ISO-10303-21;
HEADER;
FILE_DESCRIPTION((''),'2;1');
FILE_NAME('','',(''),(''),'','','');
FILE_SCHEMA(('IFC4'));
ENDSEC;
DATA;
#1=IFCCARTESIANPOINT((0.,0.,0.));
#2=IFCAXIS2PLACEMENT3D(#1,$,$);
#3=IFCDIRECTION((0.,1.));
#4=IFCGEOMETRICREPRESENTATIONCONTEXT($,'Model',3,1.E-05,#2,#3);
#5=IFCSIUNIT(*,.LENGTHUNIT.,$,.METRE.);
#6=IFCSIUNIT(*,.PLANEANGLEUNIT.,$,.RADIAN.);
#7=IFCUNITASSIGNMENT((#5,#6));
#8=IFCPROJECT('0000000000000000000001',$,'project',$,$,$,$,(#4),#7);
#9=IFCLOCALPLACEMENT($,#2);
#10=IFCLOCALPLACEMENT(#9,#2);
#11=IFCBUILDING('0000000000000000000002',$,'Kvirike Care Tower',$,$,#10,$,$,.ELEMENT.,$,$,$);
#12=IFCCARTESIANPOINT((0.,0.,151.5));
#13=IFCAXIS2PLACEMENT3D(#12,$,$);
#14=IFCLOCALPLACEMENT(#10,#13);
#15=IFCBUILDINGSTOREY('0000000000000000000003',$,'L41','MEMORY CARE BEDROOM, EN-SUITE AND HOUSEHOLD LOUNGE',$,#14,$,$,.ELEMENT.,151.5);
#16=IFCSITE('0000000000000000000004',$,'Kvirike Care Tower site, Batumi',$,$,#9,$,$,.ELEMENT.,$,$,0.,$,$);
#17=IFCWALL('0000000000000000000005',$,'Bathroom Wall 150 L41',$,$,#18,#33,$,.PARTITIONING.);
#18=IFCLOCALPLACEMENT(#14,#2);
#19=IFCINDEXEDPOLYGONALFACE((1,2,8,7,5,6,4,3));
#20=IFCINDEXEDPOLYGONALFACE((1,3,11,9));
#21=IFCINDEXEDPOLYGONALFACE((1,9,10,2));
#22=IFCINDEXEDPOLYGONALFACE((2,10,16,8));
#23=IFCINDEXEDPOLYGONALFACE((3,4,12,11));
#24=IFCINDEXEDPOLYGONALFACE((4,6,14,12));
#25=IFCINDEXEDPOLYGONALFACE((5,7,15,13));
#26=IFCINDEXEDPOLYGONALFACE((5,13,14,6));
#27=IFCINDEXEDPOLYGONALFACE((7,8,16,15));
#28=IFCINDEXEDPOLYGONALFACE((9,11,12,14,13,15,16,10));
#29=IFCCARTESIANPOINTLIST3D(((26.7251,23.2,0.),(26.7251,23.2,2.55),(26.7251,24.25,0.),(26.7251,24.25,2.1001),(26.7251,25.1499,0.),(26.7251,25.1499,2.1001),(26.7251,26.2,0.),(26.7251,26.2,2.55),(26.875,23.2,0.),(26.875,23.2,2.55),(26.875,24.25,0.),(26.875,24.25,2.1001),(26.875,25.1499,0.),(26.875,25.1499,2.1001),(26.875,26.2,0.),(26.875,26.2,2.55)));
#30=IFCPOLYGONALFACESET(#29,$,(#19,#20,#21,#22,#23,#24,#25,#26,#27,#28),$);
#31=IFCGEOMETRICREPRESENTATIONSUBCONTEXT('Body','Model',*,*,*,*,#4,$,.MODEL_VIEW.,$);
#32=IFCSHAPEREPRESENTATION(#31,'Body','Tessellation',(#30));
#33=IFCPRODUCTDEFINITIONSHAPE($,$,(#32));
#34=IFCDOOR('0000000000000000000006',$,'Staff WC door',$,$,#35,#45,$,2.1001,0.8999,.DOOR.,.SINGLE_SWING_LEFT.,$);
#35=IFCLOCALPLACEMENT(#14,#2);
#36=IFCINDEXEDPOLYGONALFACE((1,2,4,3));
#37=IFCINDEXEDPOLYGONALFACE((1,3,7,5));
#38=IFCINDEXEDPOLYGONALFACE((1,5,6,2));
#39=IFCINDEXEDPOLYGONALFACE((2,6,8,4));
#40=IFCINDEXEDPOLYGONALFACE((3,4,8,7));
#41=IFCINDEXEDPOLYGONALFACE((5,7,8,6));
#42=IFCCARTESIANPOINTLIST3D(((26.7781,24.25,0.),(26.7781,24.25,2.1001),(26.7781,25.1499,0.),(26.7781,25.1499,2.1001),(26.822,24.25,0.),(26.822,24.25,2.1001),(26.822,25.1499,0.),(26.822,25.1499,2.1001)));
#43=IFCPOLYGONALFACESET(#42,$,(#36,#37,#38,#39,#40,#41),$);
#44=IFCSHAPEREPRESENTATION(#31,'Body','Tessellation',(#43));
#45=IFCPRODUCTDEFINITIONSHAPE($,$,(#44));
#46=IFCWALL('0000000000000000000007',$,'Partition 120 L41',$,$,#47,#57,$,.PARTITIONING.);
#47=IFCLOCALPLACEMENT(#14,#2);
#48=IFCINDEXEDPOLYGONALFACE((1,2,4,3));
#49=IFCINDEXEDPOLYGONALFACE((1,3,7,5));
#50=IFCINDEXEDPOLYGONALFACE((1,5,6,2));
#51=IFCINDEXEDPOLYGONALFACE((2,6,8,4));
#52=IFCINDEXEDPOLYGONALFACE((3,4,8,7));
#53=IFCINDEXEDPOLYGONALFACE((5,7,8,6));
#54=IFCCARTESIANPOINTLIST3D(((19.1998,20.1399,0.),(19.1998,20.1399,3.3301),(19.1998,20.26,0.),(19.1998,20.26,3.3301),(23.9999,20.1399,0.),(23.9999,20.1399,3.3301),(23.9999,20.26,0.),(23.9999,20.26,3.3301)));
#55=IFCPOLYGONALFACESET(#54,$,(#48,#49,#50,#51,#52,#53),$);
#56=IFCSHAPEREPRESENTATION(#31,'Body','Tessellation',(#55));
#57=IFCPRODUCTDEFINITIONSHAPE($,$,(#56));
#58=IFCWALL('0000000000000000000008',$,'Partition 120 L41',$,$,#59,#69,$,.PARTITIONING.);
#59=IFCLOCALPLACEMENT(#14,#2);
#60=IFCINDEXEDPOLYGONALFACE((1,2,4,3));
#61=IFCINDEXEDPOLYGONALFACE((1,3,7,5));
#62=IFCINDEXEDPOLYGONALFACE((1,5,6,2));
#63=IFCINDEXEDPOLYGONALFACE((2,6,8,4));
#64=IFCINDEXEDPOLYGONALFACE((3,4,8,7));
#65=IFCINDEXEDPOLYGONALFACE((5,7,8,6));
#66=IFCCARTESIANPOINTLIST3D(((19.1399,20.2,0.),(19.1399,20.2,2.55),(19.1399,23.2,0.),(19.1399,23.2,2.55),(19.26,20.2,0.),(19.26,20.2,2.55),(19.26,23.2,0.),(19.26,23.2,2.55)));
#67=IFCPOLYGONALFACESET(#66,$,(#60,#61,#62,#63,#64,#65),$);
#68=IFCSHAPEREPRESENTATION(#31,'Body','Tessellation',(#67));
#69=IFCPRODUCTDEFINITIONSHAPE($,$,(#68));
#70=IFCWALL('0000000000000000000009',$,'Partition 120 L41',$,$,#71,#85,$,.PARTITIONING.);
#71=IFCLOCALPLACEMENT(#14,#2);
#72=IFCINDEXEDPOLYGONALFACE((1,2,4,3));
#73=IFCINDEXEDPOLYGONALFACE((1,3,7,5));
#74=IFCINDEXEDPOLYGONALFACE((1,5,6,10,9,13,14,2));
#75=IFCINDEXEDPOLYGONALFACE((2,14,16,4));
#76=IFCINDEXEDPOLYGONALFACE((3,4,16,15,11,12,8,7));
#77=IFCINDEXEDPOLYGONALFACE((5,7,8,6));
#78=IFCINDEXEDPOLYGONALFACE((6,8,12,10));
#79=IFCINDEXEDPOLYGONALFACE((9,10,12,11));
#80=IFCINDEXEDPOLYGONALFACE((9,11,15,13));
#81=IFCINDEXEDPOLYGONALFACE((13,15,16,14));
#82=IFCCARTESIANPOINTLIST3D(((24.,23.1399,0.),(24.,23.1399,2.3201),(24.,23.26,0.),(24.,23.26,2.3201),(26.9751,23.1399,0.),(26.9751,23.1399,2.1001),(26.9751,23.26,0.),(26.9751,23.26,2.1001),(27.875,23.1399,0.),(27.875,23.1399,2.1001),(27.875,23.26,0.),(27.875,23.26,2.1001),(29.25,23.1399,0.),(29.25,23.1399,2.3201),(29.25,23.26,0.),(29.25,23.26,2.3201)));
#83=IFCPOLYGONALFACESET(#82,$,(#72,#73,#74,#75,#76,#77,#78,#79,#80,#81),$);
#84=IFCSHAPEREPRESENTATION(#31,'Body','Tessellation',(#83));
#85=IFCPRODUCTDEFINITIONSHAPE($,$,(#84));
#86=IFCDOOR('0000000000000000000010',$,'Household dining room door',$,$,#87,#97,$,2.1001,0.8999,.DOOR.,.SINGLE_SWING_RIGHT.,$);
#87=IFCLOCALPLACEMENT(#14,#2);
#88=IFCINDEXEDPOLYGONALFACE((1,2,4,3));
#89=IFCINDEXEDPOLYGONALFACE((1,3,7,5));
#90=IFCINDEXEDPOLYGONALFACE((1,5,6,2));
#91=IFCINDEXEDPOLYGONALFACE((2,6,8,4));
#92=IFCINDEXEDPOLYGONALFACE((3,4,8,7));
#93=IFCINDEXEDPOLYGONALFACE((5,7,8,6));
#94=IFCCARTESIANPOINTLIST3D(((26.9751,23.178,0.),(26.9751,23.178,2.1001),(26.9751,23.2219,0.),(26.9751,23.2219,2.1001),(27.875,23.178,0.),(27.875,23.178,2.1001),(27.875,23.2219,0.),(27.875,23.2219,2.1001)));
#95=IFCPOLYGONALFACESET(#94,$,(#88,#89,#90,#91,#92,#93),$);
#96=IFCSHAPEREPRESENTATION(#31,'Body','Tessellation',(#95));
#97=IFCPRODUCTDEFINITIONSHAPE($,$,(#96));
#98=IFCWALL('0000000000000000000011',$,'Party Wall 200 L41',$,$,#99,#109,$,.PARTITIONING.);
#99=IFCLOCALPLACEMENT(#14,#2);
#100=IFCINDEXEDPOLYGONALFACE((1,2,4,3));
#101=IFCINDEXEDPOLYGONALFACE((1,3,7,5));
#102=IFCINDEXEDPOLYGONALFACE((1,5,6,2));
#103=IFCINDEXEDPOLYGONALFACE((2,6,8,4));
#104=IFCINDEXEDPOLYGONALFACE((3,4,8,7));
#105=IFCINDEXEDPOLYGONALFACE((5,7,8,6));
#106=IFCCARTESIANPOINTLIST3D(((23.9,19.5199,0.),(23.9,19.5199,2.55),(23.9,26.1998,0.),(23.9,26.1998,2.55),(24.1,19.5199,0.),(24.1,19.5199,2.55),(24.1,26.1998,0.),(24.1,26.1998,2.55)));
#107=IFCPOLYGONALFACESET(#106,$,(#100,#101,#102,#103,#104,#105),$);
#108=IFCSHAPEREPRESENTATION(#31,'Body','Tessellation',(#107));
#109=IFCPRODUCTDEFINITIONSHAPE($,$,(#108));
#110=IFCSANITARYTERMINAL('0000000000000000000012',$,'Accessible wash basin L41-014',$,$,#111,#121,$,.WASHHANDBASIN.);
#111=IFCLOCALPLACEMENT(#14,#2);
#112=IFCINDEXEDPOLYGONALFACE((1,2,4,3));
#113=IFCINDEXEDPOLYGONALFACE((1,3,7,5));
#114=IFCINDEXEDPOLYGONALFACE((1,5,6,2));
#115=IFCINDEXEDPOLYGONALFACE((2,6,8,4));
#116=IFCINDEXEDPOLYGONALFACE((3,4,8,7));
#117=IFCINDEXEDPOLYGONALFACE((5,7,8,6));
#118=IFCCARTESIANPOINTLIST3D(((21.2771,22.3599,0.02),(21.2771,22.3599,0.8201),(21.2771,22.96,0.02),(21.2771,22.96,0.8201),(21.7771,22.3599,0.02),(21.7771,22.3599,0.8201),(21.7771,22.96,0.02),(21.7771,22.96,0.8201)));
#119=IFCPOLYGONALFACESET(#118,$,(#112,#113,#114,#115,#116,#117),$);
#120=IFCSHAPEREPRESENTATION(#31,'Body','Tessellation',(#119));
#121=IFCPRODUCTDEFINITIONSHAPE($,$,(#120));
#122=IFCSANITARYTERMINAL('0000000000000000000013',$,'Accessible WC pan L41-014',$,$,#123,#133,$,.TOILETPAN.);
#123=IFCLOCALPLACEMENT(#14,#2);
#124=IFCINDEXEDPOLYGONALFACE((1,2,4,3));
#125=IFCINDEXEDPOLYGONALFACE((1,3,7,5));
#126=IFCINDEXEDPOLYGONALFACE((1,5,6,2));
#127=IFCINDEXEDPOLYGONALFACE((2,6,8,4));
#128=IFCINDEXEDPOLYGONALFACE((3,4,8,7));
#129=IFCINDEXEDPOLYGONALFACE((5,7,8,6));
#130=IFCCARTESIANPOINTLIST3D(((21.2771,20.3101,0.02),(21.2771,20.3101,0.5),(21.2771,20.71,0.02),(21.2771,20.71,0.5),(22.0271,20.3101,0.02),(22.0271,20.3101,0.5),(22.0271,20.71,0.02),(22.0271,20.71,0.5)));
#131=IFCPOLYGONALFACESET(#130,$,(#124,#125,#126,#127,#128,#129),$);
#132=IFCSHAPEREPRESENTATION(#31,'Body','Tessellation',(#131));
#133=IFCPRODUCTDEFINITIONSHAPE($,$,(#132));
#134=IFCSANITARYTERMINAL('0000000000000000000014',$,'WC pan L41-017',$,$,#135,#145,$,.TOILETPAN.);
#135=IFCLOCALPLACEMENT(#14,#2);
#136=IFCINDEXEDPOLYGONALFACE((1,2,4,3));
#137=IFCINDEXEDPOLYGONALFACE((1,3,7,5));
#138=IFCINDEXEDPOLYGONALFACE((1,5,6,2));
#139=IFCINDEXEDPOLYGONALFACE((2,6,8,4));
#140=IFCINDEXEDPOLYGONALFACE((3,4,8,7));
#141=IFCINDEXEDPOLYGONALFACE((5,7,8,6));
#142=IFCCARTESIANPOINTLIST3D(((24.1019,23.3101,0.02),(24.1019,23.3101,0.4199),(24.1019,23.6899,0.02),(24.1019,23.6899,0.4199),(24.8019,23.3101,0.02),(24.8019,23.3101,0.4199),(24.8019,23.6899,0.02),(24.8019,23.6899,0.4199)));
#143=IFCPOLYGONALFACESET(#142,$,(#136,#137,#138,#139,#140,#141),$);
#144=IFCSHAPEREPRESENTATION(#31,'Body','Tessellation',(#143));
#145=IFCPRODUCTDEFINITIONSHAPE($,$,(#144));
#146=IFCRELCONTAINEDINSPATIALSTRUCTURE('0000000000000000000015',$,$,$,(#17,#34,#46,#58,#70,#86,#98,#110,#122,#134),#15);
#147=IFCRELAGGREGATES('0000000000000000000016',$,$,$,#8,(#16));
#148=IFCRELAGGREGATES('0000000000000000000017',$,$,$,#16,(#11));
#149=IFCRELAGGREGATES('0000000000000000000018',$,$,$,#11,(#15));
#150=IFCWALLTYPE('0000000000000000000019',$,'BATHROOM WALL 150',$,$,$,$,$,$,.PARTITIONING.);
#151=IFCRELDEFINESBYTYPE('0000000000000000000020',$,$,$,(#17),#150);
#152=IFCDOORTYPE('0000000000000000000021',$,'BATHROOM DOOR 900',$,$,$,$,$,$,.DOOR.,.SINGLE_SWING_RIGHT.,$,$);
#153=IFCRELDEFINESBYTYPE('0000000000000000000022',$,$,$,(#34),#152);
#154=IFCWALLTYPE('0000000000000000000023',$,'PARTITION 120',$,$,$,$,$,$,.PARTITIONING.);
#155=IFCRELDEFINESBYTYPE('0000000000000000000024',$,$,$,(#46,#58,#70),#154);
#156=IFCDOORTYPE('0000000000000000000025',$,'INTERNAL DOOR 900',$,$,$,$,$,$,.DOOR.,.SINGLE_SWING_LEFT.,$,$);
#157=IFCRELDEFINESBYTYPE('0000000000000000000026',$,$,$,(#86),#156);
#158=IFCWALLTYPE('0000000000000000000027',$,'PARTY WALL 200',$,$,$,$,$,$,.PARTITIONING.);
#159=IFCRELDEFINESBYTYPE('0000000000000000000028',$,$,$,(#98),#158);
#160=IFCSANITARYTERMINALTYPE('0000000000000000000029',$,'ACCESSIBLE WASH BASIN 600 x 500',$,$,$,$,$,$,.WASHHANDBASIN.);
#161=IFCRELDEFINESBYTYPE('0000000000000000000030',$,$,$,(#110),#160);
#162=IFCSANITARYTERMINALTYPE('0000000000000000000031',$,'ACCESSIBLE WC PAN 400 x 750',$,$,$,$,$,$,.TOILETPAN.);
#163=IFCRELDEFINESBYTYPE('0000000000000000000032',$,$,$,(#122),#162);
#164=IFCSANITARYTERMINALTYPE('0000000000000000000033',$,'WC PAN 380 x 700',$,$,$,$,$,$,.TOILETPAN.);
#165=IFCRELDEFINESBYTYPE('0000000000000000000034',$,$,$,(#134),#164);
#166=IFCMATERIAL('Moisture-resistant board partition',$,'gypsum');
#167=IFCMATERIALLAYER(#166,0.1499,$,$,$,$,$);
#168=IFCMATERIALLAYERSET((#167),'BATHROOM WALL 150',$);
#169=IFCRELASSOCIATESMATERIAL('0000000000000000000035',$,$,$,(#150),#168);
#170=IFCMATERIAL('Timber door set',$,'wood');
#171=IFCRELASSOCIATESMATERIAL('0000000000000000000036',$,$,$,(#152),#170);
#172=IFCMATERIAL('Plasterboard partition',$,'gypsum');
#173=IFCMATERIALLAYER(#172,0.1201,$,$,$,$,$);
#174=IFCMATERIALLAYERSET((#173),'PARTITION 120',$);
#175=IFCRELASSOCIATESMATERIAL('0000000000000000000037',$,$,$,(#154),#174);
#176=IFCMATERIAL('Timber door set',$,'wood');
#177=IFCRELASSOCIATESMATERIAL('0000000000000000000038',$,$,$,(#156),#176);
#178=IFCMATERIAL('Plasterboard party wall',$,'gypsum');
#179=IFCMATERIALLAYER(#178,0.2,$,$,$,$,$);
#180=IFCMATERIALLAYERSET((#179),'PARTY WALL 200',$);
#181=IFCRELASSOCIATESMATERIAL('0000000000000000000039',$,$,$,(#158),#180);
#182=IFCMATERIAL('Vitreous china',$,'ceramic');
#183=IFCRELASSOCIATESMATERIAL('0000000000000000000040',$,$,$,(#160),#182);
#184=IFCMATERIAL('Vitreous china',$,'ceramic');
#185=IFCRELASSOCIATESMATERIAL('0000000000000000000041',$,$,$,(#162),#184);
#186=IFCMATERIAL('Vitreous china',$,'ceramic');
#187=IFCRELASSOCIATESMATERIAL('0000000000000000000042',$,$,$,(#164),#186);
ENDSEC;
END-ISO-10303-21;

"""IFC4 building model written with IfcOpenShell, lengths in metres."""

from ifc_helpers import new_model, si_unit, direction, frame, frame_2d, origin, origin_2d, place, context, subcontext, project, spatial, rectangle, extrude, material, layer, layer_set, type_object, element, fill, save


model = new_model("IFC4")

# Units and contexts
model_context = context("Model", 3, precision=1e-05, world=origin(), true_north=direction((0.0, 1.0)))
body_context = subcontext(model_context, "Body", "Model", "MODEL_VIEW")
ifc_project = project(units=[si_unit("LENGTHUNIT", "METRE"), si_unit("PLANEANGLEUNIT", "RADIAN")], contexts=[model_context])

# Site, building, storey
site_placement = place(None, origin())
site = spatial("IfcSite", under=ifc_project, at=site_placement, Name="Kvirike Care Tower site, Batumi", CompositionType="ELEMENT", RefElevation=0.0)
building_placement = place(site_placement, origin())
building = spatial("IfcBuilding", under=site, at=building_placement, Name="Kvirike Care Tower", CompositionType="ELEMENT")
storey_placement = place(building_placement, frame((0.0, 0.0, 151.5)))
storey = spatial("IfcBuildingStorey", under=building, at=storey_placement, Name="L41", Description="MEMORY CARE BEDROOM, EN-SUITE AND HOUSEHOLD LOUNGE", CompositionType="ELEMENT", Elevation=151.5)

# Shared definitions
ifc_material_1 = material(Name="Moisture-resistant board partition", Category="gypsum")
ifc_layer_1 = layer(ifc_material_1, 0.1499)
ifc_layer_set_1 = layer_set([ifc_layer_1], Name="BATHROOM WALL 150")
wall_type_1 = type_object("IfcWallType", Name="BATHROOM WALL 150", PredefinedType="PARTITIONING", material=ifc_layer_set_1)
ifc_material_2 = material(Name="Timber door set", Category="wood")
door_type_1 = type_object("IfcDoorType", Name="BATHROOM DOOR 900", OperationType="SINGLE_SWING_RIGHT", PredefinedType="DOOR", material=ifc_material_2)

# Wall, opening, door
wall_1_placement = place(storey_placement, frame((26.8, 23.2, 0.0), z_axis=(0.0, 0.0, 1.0), x_axis=(0.0, 1.0, 0.0)))
wall_1 = element("IfcWall", 1, at=wall_1_placement, inside=storey, type_object=wall_type_1, Name="Bathroom Wall 150 L41", PredefinedType="PARTITIONING", context=body_context, shape_type="SweptSolid", body=[
    extrude(rectangle(XDim=3.0, YDim=0.1499, at=frame_2d((1.5, 0.0))), origin(), (0.0, 0.0, 1.0), 2.55),
])
opening_1_placement = place(wall_1_placement, frame((1.05, 0.0, 0.0)))
opening_1 = element("IfcOpeningElement", 2, at=opening_1_placement, cuts=wall_1, PredefinedType="OPENING", context=body_context, shape_type="SweptSolid", body=[
    extrude(rectangle(XDim=0.8999, YDim=2.1001, at=frame_2d((0.45, 1.05))), frame((0.0, 0.0854, 0.0), z_axis=(0.0, -1.0, 0.0), x_axis=(1.0, 0.0, 0.0)), (0.0, 0.0, 1.0), 0.1709),
])
door_1_placement = place(opening_1_placement, frame((0.8999, 0.0, 0.0), z_axis=(0.0, 0.0, 1.0), x_axis=(-1.0, 0.0, 0.0)))
door_1 = element("IfcDoor", 3, at=door_1_placement, inside=storey, type_object=door_type_1, Name="Staff WC door", OperationType="SINGLE_SWING_LEFT", OverallHeight=2.1001, OverallWidth=0.8999, PredefinedType="DOOR", context=body_context, shape_type="SweptSolid", body=[
    extrude(rectangle(XDim=0.8999, YDim=2.1001, at=frame_2d((0.45, 1.05))), frame((0.0, 0.022, 0.0), z_axis=(0.0, -1.0, 0.0), x_axis=(1.0, 0.0, 0.0)), (0.0, 0.0, 1.0), 0.0439),
])
fill(opening_1, door_1)

# Walls
ifc_material_3 = material(Name="Plasterboard partition", Category="gypsum")
ifc_layer_2 = layer(ifc_material_3, 0.1201)
ifc_layer_set_2 = layer_set([ifc_layer_2], Name="PARTITION 120")
wall_type_2 = type_object("IfcWallType", Name="PARTITION 120", PredefinedType="PARTITIONING", material=ifc_layer_set_2)
wall_2_placement = place(storey_placement, frame((19.2, 20.2, 0.0), z_axis=(0.0, 0.0, 1.0), x_axis=(1.0, 0.0, 0.0)))
element("IfcWall", 4, at=wall_2_placement, inside=storey, type_object=wall_type_2, Name="Partition 120 L41", PredefinedType="PARTITIONING", context=body_context, shape_type="SweptSolid", body=[
    extrude(rectangle(XDim=4.8, YDim=0.1201, at=frame_2d((2.3999, 0.0))), origin(), (0.0, 0.0, 1.0), 3.3301),
])
wall_3_placement = place(storey_placement, frame((19.2, 20.2, 0.0), z_axis=(0.0, 0.0, 1.0), x_axis=(0.0, 1.0, 0.0)))
element("IfcWall", 5, at=wall_3_placement, inside=storey, type_object=wall_type_2, Name="Partition 120 L41", PredefinedType="PARTITIONING", context=body_context, shape_type="SweptSolid", body=[
    extrude(rectangle(XDim=3.0, YDim=0.1201, at=frame_2d((1.5, 0.0))), origin(), (0.0, 0.0, 1.0), 2.55),
])

# Wall, opening, door
wall_4_placement = place(storey_placement, frame((24.0, 23.2, 0.0), z_axis=(0.0, 0.0, 1.0), x_axis=(1.0, 0.0, 0.0)))
wall_4 = element("IfcWall", 6, at=wall_4_placement, inside=storey, type_object=wall_type_2, Name="Partition 120 L41", PredefinedType="PARTITIONING", context=body_context, shape_type="SweptSolid", body=[
    extrude(rectangle(XDim=5.25, YDim=0.1201, at=frame_2d((2.625, 0.0))), origin(), (0.0, 0.0, 1.0), 2.3201),
])
opening_2_placement = place(wall_4_placement, frame((2.9751, 0.0, 0.0)))
opening_2 = element("IfcOpeningElement", 7, at=opening_2_placement, cuts=wall_4, PredefinedType="OPENING", context=body_context, shape_type="SweptSolid", body=[
    extrude(rectangle(XDim=0.8999, YDim=2.1001, at=frame_2d((0.45, 1.05))), frame((0.0, 0.0706, 0.0), z_axis=(0.0, -1.0, 0.0), x_axis=(1.0, 0.0, 0.0)), (0.0, 0.0, 1.0), 0.1411),
])
ifc_material_4 = material(Name="Timber door set", Category="wood")
door_type_2 = type_object("IfcDoorType", Name="INTERNAL DOOR 900", OperationType="SINGLE_SWING_LEFT", PredefinedType="DOOR", material=ifc_material_4)
door_2_placement = place(opening_2_placement, origin())
door_2 = element("IfcDoor", 8, at=door_2_placement, inside=storey, type_object=door_type_2, Name="Household dining room door", OperationType="SINGLE_SWING_RIGHT", OverallHeight=2.1001, OverallWidth=0.8999, PredefinedType="DOOR", context=body_context, shape_type="SweptSolid", body=[
    extrude(rectangle(XDim=0.8999, YDim=2.1001, at=frame_2d((0.45, 1.05))), frame((0.0, 0.022, 0.0), z_axis=(0.0, -1.0, 0.0), x_axis=(1.0, 0.0, 0.0)), (0.0, 0.0, 1.0), 0.0439),
])
fill(opening_2, door_2)

# Wall
ifc_material_5 = material(Name="Plasterboard party wall", Category="gypsum")
ifc_layer_3 = layer(ifc_material_5, 0.2)
ifc_layer_set_3 = layer_set([ifc_layer_3], Name="PARTY WALL 200")
wall_type_3 = type_object("IfcWallType", Name="PARTY WALL 200", PredefinedType="PARTITIONING", material=ifc_layer_set_3)
wall_5_placement = place(storey_placement, frame((24.0, 19.52, 0.0), z_axis=(0.0, 0.0, 1.0), x_axis=(0.0, 1.0, 0.0)))
element("IfcWall", 9, at=wall_5_placement, inside=storey, type_object=wall_type_3, Name="Party Wall 200 L41", PredefinedType="PARTITIONING", context=body_context, shape_type="SweptSolid", body=[
    extrude(rectangle(XDim=6.6799, YDim=0.2, at=frame_2d((3.3398, 0.0))), origin(), (0.0, 0.0, 1.0), 2.55),
])

# Sanitary terminals
ifc_material_6 = material(Name="Vitreous china", Category="ceramic")
sanitary_terminal_type_1 = type_object("IfcSanitaryTerminalType", Name="ACCESSIBLE WASH BASIN 600 x 500", PredefinedType="WASHHANDBASIN", material=ifc_material_6)
sanitary_terminal_1_placement = place(storey_placement, frame((21.5271, 22.6599, 0.02), z_axis=(0.0, 0.0, 1.0), x_axis=(0.0, 1.0, 0.0)))
element("IfcSanitaryTerminal", 10, at=sanitary_terminal_1_placement, inside=storey, type_object=sanitary_terminal_type_1, Name="Accessible wash basin L41-014", PredefinedType="WASHHANDBASIN", context=body_context, shape_type="SweptSolid", body=[
    extrude(rectangle(XDim=0.6001, YDim=0.5, at=origin_2d()), origin(), (0.0, 0.0, 1.0), 0.8),
])
ifc_material_7 = material(Name="Vitreous china", Category="ceramic")
sanitary_terminal_type_2 = type_object("IfcSanitaryTerminalType", Name="ACCESSIBLE WC PAN 400 x 750", PredefinedType="TOILETPAN", material=ifc_material_7)
sanitary_terminal_2_placement = place(storey_placement, frame((21.6521, 20.51, 0.02), z_axis=(0.0, 0.0, 1.0), x_axis=(0.0, 1.0, 0.0)))
element("IfcSanitaryTerminal", 11, at=sanitary_terminal_2_placement, inside=storey, type_object=sanitary_terminal_type_2, Name="Accessible WC pan L41-014", PredefinedType="TOILETPAN", context=body_context, shape_type="SweptSolid", body=[
    extrude(rectangle(XDim=0.3999, YDim=0.75, at=origin_2d()), origin(), (0.0, 0.0, 1.0), 0.48),
])
ifc_material_8 = material(Name="Vitreous china", Category="ceramic")
sanitary_terminal_type_3 = type_object("IfcSanitaryTerminalType", Name="WC PAN 380 x 700", PredefinedType="TOILETPAN", material=ifc_material_8)
sanitary_terminal_3_placement = place(storey_placement, frame((24.4519, 23.5, 0.02), z_axis=(0.0, 0.0, 1.0), x_axis=(0.0, 1.0, 0.0)))
element("IfcSanitaryTerminal", 12, at=sanitary_terminal_3_placement, inside=storey, type_object=sanitary_terminal_type_3, Name="WC pan L41-017", PredefinedType="TOILETPAN", context=body_context, shape_type="SweptSolid", body=[
    extrude(rectangle(XDim=0.3799, YDim=0.7, at=origin_2d()), origin(), (0.0, 0.0, 1.0), 0.3999),
])

save(model, "model.ifc")
